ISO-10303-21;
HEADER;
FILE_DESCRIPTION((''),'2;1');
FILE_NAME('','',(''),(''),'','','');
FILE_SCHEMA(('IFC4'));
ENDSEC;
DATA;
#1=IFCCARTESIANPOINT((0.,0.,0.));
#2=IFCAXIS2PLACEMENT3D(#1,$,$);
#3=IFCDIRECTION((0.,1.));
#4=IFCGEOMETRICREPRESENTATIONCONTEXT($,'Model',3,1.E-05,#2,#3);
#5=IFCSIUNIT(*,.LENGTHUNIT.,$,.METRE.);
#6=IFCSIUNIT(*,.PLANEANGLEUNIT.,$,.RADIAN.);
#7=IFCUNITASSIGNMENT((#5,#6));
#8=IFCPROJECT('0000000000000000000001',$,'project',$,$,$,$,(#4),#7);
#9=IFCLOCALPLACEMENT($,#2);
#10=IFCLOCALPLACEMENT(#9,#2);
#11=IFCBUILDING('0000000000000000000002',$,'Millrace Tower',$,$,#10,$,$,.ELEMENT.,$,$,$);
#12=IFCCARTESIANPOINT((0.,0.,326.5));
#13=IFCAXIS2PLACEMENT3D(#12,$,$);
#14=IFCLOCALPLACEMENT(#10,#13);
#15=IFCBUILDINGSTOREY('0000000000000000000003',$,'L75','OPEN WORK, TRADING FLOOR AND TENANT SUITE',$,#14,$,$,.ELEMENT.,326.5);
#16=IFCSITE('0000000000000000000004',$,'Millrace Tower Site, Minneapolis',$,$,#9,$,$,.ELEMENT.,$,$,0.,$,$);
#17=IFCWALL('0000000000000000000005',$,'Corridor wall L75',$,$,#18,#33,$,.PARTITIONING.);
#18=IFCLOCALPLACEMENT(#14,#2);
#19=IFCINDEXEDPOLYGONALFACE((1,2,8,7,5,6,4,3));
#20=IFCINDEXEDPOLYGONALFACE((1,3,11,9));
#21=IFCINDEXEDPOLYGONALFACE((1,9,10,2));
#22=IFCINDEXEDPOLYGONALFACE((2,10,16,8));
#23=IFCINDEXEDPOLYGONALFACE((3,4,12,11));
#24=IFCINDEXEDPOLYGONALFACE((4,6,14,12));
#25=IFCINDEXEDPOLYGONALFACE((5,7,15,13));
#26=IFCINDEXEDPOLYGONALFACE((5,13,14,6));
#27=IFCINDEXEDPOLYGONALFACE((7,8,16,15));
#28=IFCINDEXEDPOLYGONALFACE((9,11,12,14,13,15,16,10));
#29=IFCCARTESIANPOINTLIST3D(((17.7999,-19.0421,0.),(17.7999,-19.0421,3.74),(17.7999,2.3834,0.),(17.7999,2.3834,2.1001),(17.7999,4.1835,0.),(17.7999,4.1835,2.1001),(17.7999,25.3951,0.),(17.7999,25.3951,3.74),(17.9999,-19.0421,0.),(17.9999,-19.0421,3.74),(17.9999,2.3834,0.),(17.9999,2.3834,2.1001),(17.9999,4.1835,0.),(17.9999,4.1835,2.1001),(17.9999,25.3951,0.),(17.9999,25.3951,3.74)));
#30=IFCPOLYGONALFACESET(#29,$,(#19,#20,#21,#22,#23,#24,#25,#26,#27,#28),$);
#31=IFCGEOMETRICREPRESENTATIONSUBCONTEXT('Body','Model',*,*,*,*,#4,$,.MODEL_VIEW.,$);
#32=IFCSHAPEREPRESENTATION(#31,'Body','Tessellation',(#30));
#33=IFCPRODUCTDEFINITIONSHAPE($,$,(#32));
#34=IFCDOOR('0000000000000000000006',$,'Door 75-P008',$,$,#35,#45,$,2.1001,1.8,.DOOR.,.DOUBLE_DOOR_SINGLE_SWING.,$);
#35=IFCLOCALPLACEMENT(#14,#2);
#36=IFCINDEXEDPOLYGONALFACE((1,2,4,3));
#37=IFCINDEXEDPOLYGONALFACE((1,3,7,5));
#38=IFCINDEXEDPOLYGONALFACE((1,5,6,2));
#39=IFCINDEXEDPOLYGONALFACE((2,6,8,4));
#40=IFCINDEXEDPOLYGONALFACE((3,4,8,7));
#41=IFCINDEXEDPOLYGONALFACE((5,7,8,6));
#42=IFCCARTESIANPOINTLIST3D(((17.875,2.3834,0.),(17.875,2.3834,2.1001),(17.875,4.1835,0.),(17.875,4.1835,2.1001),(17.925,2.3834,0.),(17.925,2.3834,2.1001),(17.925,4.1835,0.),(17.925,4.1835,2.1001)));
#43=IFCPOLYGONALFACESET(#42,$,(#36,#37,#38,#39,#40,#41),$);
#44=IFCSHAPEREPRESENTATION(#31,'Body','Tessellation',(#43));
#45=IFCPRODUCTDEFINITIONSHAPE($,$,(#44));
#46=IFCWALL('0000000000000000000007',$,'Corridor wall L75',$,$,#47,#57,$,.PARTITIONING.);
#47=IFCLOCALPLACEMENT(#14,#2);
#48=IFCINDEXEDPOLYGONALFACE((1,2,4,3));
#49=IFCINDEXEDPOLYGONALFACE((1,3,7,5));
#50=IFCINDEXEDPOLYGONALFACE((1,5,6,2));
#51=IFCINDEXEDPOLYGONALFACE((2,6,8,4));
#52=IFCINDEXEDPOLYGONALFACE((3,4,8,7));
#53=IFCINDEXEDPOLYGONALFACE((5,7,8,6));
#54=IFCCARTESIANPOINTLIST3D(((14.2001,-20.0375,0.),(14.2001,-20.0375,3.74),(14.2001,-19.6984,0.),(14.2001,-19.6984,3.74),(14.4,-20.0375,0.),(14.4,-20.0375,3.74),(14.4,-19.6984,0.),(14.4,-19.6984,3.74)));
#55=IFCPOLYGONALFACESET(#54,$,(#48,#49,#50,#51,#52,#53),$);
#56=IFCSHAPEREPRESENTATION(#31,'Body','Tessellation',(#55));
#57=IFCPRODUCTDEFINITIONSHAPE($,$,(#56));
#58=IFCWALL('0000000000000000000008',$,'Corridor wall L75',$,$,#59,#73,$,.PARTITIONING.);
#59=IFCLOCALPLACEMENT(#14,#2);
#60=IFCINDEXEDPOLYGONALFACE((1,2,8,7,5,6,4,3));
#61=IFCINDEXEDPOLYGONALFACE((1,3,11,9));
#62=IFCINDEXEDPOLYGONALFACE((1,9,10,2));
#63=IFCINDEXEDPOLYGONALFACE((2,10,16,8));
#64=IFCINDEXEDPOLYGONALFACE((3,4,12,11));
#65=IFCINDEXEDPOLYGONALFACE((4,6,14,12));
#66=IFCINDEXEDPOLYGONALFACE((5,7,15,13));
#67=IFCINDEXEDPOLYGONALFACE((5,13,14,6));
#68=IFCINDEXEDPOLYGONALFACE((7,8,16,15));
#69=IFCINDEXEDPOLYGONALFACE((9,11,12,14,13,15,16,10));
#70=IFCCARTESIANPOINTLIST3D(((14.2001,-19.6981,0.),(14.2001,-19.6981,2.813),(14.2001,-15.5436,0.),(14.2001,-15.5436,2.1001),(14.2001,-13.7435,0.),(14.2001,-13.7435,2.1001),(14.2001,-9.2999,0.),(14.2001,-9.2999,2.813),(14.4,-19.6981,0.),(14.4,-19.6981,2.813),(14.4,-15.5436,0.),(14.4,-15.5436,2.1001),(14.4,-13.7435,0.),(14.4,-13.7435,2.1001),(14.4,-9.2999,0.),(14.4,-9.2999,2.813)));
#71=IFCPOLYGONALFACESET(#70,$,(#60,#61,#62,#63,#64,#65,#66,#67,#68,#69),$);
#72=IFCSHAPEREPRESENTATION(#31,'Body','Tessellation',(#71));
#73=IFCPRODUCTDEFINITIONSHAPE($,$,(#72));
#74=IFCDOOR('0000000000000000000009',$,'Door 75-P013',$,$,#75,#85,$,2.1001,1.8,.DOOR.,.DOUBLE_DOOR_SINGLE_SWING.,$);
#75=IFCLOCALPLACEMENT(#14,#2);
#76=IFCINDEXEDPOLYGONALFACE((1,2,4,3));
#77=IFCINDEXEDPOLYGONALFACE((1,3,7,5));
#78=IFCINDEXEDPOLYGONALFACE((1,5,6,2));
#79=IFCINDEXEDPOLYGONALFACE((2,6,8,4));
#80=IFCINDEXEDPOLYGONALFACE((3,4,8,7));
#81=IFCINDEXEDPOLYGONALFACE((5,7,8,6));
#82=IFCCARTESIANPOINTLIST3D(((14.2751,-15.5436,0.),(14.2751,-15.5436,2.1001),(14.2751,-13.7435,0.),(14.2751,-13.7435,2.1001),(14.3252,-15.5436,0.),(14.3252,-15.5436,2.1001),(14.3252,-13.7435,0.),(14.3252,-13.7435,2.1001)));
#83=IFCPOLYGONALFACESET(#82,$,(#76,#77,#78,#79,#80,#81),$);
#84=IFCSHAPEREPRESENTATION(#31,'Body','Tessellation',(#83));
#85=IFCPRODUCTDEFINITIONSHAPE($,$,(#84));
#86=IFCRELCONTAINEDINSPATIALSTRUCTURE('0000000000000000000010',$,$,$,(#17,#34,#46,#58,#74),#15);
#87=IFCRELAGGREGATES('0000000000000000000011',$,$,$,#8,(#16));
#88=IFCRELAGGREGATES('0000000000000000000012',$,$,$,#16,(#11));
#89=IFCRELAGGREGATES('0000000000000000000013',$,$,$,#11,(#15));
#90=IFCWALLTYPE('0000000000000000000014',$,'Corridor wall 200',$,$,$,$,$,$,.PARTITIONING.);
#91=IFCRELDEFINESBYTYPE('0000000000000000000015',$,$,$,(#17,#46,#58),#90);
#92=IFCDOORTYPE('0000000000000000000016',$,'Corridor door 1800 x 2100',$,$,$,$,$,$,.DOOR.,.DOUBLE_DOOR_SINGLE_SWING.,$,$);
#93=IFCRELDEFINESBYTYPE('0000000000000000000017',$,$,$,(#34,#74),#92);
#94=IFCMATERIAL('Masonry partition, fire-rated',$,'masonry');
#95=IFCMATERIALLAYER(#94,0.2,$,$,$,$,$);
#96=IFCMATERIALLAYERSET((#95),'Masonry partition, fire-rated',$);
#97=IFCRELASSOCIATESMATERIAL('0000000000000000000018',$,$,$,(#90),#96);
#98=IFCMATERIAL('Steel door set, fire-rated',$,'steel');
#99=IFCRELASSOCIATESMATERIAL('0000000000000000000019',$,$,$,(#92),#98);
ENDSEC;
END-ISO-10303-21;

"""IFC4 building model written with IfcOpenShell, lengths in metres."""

from ifc_helpers import new_model, si_unit, direction, frame, frame_2d, origin, place, context, subcontext, project, spatial, rectangle, extrude, material, layer, layer_set, type_object, element, fill, save


model = new_model("IFC4")

# Units and contexts
model_context = context("Model", 3, precision=1e-05, world=origin(), true_north=direction((0.0, 1.0)))
body_context = subcontext(model_context, "Body", "Model", "MODEL_VIEW")
ifc_project = project(units=[si_unit("LENGTHUNIT", "METRE"), si_unit("PLANEANGLEUNIT", "RADIAN")], contexts=[model_context])

# Site, building, storey
site_placement = place(None, origin())
site = spatial("IfcSite", under=ifc_project, at=site_placement, Name="Millrace Tower Site, Minneapolis", CompositionType="ELEMENT", RefElevation=0.0)
building_placement = place(site_placement, origin())
building = spatial("IfcBuilding", under=site, at=building_placement, Name="Millrace Tower", CompositionType="ELEMENT")
storey_placement = place(building_placement, frame((0.0, 0.0, 326.5)))
storey = spatial("IfcBuildingStorey", under=building, at=storey_placement, Name="L75", Description="OPEN WORK, TRADING FLOOR AND TENANT SUITE", CompositionType="ELEMENT", Elevation=326.5)

# Wall, opening, door
ifc_material_1 = material(Name="Masonry partition, fire-rated", Category="masonry")
ifc_layer_1 = layer(ifc_material_1, 0.2)
ifc_layer_set_1 = layer_set([ifc_layer_1], Name="Masonry partition, fire-rated")
wall_type = type_object("IfcWallType", Name="Corridor wall 200", PredefinedType="PARTITIONING", material=ifc_layer_set_1)
wall_1_placement = place(storey_placement, frame((17.8999, -19.0422, 0.0), z_axis=(0.0, 0.0, 1.0), x_axis=(0.0, 1.0, 0.0)))
wall_1 = element("IfcWall", 1, at=wall_1_placement, inside=storey, type_object=wall_type, Name="Corridor wall L75", PredefinedType="PARTITIONING", context=body_context, shape_type="SweptSolid", body=[
    extrude(rectangle(XDim=44.4373, YDim=0.2, at=frame_2d((22.2188, 0.0))), origin(), (0.0, 0.0, 1.0), 3.74),
])
opening_1_placement = place(wall_1_placement, frame((21.4258, 0.0, 0.0)))
opening_1 = element("IfcOpeningElement", 2, at=opening_1_placement, cuts=wall_1, PredefinedType="OPENING", context=body_context, shape_type="SweptSolid", body=[
    extrude(rectangle(XDim=1.8, YDim=2.1001, at=frame_2d((0.8999, 1.05))), frame((0.0, 0.1099, 0.0), z_axis=(0.0, -1.0, 0.0), x_axis=(1.0, 0.0, 0.0)), (0.0, 0.0, 1.0), 0.22),
])
ifc_material_2 = material(Name="Steel door set, fire-rated", Category="steel")
door_type = type_object("IfcDoorType", Name="Corridor door 1800 x 2100", OperationType="DOUBLE_DOOR_SINGLE_SWING", PredefinedType="DOOR", material=ifc_material_2)
door_1_placement = place(opening_1_placement, origin())
door_1 = element("IfcDoor", 3, at=door_1_placement, inside=storey, type_object=door_type, Name="Door 75-P008", OperationType="DOUBLE_DOOR_SINGLE_SWING", OverallHeight=2.1001, OverallWidth=1.8, PredefinedType="DOOR", context=body_context, shape_type="SweptSolid", body=[
    extrude(rectangle(XDim=1.8, YDim=2.1001, at=frame_2d((0.8999, 1.05))), frame((0.0, 0.0249, 0.0), z_axis=(0.0, -1.0, 0.0), x_axis=(1.0, 0.0, 0.0)), (0.0, 0.0, 1.0), 0.05),
])
fill(opening_1, door_1)

# Wall
wall_2_placement = place(storey_placement, frame((14.3, -20.0374, 0.0), z_axis=(0.0, 0.0, 1.0), x_axis=(0.0, 1.0, 0.0)))
element("IfcWall", 4, at=wall_2_placement, inside=storey, type_object=wall_type, Name="Corridor wall L75", PredefinedType="PARTITIONING", context=body_context, shape_type="SweptSolid", body=[
    extrude(rectangle(XDim=0.3391, YDim=0.2, at=frame_2d((0.1694, 0.0))), origin(), (0.0, 0.0, 1.0), 3.74),
])

# Wall, opening, door
wall_3_placement = place(storey_placement, frame((14.3, -19.6982, 0.0), z_axis=(0.0, 0.0, 1.0), x_axis=(0.0, 1.0, 0.0)))
wall_3 = element("IfcWall", 5, at=wall_3_placement, inside=storey, type_object=wall_type, Name="Corridor wall L75", PredefinedType="PARTITIONING", context=body_context, shape_type="SweptSolid", body=[
    extrude(rectangle(XDim=10.3982, YDim=0.2, at=frame_2d((5.1992, 0.0))), origin(), (0.0, 0.0, 1.0), 2.813),
])
opening_2_placement = place(wall_3_placement, frame((4.1548, 0.0, 0.0)))
opening_2 = element("IfcOpeningElement", 6, at=opening_2_placement, cuts=wall_3, PredefinedType="OPENING", context=body_context, shape_type="SweptSolid", body=[
    extrude(rectangle(XDim=1.8, YDim=2.1001, at=frame_2d((0.8999, 1.05))), frame((0.0, 0.1099, 0.0), z_axis=(0.0, -1.0, 0.0), x_axis=(1.0, 0.0, 0.0)), (0.0, 0.0, 1.0), 0.22),
])
door_2_placement = place(opening_2_placement, origin())
door_2 = element("IfcDoor", 7, at=door_2_placement, inside=storey, type_object=door_type, Name="Door 75-P013", OperationType="DOUBLE_DOOR_SINGLE_SWING", OverallHeight=2.1001, OverallWidth=1.8, PredefinedType="DOOR", context=body_context, shape_type="SweptSolid", body=[
    extrude(rectangle(XDim=1.8, YDim=2.1001, at=frame_2d((0.8999, 1.05))), frame((0.0, 0.0249, 0.0), z_axis=(0.0, -1.0, 0.0), x_axis=(1.0, 0.0, 0.0)), (0.0, 0.0, 1.0), 0.05),
])
fill(opening_2, door_2)

save(model, "model.ifc")
